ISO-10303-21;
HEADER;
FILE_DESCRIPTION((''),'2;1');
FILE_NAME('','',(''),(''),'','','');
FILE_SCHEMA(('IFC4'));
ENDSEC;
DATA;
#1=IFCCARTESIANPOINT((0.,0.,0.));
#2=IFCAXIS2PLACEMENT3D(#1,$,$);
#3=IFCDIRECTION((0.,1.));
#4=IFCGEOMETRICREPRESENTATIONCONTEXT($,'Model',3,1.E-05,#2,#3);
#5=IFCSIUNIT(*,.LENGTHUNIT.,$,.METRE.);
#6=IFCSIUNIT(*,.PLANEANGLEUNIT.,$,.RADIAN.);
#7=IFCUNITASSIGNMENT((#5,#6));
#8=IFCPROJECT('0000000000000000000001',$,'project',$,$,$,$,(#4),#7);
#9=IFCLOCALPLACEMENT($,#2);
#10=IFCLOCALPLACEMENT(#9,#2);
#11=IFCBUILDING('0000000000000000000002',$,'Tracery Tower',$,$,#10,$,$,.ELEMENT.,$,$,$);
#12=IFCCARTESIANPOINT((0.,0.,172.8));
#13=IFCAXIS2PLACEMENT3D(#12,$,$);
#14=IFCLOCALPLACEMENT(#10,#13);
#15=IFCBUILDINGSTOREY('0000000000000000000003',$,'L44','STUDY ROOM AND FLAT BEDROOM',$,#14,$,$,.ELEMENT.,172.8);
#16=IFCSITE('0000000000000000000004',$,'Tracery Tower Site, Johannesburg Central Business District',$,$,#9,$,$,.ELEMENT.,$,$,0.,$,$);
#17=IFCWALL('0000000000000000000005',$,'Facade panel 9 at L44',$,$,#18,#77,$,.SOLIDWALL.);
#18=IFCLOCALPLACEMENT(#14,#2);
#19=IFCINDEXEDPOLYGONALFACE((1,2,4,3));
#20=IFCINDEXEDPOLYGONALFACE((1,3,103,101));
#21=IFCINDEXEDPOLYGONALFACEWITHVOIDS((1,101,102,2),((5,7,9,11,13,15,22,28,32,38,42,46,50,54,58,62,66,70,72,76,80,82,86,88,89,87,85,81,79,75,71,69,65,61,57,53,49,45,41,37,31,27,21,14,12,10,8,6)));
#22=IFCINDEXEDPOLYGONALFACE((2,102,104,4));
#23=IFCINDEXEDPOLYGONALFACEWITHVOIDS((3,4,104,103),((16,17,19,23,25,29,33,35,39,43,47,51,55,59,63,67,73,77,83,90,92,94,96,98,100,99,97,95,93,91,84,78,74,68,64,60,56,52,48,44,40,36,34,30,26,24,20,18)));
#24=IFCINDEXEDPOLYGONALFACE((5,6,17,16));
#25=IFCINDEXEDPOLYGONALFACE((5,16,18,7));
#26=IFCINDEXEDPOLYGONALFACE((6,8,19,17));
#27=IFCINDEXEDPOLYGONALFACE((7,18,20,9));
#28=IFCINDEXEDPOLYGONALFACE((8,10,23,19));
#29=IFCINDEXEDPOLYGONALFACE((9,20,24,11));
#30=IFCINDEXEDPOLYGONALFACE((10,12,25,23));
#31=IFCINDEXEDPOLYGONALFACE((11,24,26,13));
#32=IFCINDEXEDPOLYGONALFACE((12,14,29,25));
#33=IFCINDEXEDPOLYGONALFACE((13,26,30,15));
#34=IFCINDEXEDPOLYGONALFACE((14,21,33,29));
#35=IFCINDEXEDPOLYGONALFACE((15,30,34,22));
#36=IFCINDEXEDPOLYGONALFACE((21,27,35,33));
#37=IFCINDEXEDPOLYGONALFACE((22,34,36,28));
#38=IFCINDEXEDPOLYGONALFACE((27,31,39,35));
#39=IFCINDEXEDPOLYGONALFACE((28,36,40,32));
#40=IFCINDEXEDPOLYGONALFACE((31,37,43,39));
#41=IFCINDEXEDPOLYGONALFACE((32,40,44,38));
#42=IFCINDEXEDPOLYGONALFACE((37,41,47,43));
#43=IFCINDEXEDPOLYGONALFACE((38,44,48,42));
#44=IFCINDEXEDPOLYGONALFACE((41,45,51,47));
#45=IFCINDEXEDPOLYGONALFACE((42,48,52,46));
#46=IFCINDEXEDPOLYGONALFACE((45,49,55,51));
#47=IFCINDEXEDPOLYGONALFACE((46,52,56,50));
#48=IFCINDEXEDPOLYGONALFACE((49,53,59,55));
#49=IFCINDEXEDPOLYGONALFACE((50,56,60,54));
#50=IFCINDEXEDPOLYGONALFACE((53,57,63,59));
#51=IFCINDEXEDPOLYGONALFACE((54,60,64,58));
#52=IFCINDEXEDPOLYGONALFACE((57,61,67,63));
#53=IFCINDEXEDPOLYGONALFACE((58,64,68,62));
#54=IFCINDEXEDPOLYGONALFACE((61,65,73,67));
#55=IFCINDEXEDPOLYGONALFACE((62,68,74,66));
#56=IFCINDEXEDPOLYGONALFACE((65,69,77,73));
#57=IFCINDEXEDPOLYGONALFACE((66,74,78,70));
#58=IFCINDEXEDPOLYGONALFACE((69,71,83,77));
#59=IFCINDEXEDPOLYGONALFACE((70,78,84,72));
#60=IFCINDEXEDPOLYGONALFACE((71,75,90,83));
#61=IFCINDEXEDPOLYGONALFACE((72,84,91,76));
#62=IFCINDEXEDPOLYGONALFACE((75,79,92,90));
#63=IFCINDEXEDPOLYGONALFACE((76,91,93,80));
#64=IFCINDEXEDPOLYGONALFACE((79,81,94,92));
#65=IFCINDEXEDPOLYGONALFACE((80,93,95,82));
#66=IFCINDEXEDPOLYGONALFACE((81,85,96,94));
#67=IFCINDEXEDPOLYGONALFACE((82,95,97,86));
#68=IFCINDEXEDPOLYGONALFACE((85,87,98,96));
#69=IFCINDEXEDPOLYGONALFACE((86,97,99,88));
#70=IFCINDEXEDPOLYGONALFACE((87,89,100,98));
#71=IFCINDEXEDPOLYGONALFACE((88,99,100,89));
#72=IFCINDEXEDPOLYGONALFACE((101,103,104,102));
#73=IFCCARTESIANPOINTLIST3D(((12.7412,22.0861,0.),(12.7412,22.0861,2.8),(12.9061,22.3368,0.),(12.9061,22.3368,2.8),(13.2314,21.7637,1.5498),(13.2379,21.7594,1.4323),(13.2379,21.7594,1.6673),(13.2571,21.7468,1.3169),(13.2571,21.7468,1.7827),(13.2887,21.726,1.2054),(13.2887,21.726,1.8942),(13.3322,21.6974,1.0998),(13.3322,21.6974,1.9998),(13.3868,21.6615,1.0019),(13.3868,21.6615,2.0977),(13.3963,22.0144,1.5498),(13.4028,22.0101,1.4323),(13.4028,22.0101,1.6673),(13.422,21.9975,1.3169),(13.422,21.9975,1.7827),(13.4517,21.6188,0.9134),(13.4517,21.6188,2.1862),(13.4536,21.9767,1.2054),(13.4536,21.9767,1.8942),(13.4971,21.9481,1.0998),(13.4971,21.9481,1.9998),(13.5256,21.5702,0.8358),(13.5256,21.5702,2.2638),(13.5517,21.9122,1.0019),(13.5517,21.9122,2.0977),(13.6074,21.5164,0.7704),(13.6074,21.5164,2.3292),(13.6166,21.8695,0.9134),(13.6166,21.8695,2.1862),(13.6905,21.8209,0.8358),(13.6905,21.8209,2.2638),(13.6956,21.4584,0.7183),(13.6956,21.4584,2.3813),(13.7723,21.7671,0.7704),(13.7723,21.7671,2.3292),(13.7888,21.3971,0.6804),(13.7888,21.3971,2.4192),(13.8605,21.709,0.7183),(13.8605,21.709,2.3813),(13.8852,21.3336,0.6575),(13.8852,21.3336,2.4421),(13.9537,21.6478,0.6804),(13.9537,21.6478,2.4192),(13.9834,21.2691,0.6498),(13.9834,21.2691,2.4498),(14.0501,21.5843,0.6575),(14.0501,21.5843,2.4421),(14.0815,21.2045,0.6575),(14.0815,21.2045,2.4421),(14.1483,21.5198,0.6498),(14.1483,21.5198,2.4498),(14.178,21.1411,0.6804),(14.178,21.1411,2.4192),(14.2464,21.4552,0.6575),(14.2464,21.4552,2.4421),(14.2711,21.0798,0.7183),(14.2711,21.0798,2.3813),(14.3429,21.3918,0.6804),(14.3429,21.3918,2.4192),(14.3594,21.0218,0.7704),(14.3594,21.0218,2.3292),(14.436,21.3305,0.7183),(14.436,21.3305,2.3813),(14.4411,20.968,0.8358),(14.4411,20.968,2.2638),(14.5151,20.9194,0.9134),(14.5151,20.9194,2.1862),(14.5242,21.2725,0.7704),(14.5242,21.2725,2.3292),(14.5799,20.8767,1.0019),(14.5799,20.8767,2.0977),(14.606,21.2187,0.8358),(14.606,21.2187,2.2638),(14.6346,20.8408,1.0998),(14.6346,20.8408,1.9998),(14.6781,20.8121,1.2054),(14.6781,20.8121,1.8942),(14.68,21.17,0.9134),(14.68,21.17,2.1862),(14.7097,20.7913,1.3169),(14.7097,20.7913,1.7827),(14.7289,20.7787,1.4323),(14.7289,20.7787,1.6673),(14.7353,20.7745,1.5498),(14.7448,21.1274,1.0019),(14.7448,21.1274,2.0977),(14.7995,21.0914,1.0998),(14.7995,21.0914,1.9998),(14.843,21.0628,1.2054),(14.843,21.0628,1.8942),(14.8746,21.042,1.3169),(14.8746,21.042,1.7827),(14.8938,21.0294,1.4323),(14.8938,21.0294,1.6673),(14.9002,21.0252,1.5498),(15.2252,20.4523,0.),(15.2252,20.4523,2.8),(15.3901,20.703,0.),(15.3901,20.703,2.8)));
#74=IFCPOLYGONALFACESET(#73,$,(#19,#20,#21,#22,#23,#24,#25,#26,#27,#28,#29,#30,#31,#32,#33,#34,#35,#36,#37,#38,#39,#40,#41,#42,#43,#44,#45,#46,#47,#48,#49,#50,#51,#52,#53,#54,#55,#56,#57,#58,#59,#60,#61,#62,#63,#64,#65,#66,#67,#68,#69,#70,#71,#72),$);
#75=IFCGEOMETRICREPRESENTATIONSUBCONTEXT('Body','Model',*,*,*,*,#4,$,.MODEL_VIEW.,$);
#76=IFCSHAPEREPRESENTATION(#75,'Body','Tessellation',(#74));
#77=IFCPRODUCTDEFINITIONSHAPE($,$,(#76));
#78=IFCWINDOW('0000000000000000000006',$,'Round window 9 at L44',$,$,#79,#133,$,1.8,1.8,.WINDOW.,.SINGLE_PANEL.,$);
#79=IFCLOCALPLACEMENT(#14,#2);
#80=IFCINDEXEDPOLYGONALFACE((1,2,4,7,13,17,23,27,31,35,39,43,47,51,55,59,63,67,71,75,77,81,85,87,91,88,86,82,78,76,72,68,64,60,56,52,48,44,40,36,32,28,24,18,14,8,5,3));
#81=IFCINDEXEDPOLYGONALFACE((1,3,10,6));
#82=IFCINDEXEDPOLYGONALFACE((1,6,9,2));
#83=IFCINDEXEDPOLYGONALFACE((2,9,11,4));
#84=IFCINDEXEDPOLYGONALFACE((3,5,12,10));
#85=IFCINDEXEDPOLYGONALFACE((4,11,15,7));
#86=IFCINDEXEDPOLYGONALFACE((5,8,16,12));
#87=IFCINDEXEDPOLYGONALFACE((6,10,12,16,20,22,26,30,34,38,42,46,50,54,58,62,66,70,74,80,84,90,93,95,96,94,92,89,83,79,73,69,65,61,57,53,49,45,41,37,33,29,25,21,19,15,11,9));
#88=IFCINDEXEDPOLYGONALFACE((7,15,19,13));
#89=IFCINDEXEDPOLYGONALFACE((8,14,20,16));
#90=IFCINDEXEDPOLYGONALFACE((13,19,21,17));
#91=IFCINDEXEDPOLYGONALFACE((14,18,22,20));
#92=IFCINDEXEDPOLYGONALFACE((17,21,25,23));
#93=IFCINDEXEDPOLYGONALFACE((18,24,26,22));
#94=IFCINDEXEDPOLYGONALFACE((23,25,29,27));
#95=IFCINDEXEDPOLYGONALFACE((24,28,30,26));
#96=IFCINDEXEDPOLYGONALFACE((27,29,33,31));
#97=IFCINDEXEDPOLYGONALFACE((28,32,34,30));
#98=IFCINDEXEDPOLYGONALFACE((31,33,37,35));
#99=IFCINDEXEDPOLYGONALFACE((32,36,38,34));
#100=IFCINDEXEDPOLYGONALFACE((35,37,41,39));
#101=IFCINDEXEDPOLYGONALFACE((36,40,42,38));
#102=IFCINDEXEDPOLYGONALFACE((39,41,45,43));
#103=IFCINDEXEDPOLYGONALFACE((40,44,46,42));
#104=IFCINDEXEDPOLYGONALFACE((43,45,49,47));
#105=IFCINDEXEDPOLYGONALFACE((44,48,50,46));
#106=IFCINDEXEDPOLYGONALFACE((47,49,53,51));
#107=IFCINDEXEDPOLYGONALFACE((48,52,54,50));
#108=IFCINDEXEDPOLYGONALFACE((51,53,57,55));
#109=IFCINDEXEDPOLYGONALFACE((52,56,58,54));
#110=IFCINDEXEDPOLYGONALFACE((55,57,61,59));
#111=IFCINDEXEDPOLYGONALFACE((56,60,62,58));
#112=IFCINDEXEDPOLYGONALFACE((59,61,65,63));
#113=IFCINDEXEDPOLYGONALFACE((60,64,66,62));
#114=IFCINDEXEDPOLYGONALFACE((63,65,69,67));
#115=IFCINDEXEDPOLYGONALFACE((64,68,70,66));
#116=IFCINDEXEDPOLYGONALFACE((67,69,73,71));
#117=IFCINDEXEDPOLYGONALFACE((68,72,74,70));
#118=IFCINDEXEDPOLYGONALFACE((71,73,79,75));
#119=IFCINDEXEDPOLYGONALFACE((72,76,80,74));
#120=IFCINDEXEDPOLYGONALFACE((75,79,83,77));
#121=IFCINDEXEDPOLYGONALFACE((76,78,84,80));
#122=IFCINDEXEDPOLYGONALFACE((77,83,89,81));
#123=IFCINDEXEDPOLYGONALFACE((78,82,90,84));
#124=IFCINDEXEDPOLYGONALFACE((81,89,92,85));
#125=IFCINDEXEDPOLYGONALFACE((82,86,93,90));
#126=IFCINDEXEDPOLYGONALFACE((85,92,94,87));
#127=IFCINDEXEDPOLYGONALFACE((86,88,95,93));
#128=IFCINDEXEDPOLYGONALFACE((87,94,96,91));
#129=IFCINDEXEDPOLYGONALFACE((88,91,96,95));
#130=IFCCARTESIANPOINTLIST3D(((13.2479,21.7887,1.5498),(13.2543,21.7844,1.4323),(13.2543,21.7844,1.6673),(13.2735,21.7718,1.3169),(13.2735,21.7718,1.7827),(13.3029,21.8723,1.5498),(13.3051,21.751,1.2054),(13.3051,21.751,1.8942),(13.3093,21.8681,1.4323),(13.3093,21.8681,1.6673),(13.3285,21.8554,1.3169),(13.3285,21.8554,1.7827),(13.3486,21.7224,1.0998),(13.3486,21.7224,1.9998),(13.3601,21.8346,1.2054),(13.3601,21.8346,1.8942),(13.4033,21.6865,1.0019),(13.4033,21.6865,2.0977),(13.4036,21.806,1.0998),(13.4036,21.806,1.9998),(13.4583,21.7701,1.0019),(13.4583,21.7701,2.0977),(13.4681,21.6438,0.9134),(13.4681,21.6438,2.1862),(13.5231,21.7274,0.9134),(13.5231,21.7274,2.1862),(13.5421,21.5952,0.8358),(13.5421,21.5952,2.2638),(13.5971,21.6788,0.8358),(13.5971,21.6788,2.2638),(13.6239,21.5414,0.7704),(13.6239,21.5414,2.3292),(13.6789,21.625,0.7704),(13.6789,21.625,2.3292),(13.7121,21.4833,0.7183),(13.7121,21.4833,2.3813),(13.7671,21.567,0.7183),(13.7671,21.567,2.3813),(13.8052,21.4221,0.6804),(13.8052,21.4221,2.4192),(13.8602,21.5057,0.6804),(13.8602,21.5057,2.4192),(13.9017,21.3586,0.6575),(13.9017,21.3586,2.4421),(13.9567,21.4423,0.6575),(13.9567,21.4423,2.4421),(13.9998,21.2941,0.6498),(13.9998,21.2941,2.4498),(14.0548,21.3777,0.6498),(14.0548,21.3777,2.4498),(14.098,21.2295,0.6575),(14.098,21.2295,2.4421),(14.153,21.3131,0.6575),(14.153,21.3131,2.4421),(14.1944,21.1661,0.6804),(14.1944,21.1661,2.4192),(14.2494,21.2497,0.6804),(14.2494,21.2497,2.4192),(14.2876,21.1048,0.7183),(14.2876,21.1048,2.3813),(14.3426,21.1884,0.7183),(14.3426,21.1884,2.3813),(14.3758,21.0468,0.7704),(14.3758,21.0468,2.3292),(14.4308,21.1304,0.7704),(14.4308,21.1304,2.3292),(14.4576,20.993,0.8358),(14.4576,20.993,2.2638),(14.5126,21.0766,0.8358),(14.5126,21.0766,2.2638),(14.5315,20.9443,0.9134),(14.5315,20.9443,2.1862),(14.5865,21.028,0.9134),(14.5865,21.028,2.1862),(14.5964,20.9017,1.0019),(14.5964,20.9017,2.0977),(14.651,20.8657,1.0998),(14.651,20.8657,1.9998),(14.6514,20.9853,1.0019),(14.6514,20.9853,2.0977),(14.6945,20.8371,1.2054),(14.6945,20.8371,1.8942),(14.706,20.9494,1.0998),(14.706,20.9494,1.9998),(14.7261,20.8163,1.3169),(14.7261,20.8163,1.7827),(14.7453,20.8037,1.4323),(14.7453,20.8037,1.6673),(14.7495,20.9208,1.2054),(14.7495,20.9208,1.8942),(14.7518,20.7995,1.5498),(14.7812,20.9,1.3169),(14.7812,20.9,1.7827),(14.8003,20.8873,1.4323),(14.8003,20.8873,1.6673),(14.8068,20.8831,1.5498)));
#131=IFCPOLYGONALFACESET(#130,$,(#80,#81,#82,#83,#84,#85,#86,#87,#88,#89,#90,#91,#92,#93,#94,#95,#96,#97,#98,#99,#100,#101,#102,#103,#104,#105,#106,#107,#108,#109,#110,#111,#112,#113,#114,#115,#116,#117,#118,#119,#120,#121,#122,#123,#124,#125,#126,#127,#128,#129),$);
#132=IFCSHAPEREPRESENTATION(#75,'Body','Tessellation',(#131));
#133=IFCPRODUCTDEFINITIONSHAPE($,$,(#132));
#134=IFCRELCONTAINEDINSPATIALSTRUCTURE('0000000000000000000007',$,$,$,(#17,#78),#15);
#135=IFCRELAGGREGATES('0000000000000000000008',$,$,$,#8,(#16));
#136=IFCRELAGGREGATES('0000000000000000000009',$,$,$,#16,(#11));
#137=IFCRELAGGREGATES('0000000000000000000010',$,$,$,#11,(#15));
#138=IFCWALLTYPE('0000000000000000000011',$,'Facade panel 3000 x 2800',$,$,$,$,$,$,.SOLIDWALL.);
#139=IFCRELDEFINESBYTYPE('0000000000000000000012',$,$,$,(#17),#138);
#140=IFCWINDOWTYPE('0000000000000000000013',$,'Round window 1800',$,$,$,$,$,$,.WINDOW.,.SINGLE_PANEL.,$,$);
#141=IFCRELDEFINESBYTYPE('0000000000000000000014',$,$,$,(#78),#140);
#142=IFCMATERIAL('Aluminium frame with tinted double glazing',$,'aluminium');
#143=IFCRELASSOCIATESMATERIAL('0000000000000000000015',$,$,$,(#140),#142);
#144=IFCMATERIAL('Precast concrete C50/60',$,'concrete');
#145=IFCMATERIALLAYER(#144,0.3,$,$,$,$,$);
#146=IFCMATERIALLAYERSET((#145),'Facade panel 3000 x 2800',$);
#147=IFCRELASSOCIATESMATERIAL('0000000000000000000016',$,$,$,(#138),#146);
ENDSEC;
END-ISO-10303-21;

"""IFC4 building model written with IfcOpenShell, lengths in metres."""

from ifc_helpers import new_model, si_unit, direction, frame, frame_2d, origin, origin_2d, place, context, subcontext, project, spatial, rectangle, circle, extrude, material, layer, layer_set, type_object, element, fill, save


model = new_model("IFC4")

# Units and contexts
model_context = context("Model", 3, precision=1e-05, world=origin(), true_north=direction((0.0, 1.0)))
body_context = subcontext(model_context, "Body", "Model", "MODEL_VIEW")
ifc_project = project(units=[si_unit("LENGTHUNIT", "METRE"), si_unit("PLANEANGLEUNIT", "RADIAN")], contexts=[model_context])

# Site, building, storey
site_placement = place(None, origin())
site = spatial("IfcSite", under=ifc_project, at=site_placement, Name="Tracery Tower Site, Johannesburg Central Business District", CompositionType="ELEMENT", RefElevation=0.0)
building_placement = place(site_placement, origin())
building = spatial("IfcBuilding", under=site, at=building_placement, Name="Tracery Tower", CompositionType="ELEMENT")
storey_placement = place(building_placement, frame((0.0, 0.0, 172.8)))
storey = spatial("IfcBuildingStorey", under=building, at=storey_placement, Name="L44", Description="STUDY ROOM AND FLAT BEDROOM", CompositionType="ELEMENT", Elevation=172.8)

# Wall, opening, window
ifc_material_1 = material(Name="Aluminium frame with tinted double glazing", Category="aluminium")
window_type = type_object("IfcWindowType", Name="Round window 1800", PartitioningType="SINGLE_PANEL", PredefinedType="WINDOW", material=ifc_material_1)
ifc_material_2 = material(Name="Precast concrete C50/60", Category="concrete")
ifc_layer_1 = layer(ifc_material_2, 0.3)
ifc_layer_set_1 = layer_set([ifc_layer_1], Name="Facade panel 3000 x 2800")
wall_type_1 = type_object("IfcWallType", Name="Facade panel 3000 x 2800", PredefinedType="SOLIDWALL", material=ifc_layer_set_1)
wall_1_placement = place(storey_placement, frame((15.3076, 20.5776, 0.0), z_axis=(0.0, 0.0, 1.0), x_axis=(-0.835471, 0.549535, 0.0)))
wall_1 = element("IfcWall", 1, at=wall_1_placement, inside=storey, type_object=wall_type_1, Name="Facade panel 9 at L44", PredefinedType="SOLIDWALL", context=body_context, shape_type="SweptSolid", body=[
    extrude(rectangle(XDim=2.9731, YDim=0.3, at=frame_2d((1.4866, 0.0))), origin(), (0.0, 0.0, 1.0), 2.8),
])
opening_1_placement = place(wall_1_placement, frame((1.4863, 0.0, 1.5498)))
opening_1 = element("IfcOpeningElement", 2, at=opening_1_placement, cuts=wall_1, PredefinedType="OPENING", context=body_context, shape_type="SweptSolid", body=[
    extrude(circle(Radius=0.9, at=origin_2d()), frame((0.0, 0.1599, 0.0), z_axis=(0.0, -1.0, 0.0), x_axis=(1.0, 0.0, 0.0)), (0.0, 0.0, 1.0), 0.3201),
])
window_1_placement = place(opening_1_placement, origin())
window_1 = element("IfcWindow", 3, at=window_1_placement, inside=storey, type_object=window_type, Name="Round window 9 at L44", OverallHeight=1.8, OverallWidth=1.8, PartitioningType="SINGLE_PANEL", PredefinedType="WINDOW", context=body_context, shape_type="SweptSolid", body=[
    extrude(circle(Radius=0.9, at=origin_2d()), frame((0.0, 0.1201, 0.0), z_axis=(0.0, -1.0, 0.0), x_axis=(1.0, 0.0, 0.0)), (0.0, 0.0, 1.0), 0.1001),
])
fill(opening_1, window_1)

save(model, "model.ifc")
